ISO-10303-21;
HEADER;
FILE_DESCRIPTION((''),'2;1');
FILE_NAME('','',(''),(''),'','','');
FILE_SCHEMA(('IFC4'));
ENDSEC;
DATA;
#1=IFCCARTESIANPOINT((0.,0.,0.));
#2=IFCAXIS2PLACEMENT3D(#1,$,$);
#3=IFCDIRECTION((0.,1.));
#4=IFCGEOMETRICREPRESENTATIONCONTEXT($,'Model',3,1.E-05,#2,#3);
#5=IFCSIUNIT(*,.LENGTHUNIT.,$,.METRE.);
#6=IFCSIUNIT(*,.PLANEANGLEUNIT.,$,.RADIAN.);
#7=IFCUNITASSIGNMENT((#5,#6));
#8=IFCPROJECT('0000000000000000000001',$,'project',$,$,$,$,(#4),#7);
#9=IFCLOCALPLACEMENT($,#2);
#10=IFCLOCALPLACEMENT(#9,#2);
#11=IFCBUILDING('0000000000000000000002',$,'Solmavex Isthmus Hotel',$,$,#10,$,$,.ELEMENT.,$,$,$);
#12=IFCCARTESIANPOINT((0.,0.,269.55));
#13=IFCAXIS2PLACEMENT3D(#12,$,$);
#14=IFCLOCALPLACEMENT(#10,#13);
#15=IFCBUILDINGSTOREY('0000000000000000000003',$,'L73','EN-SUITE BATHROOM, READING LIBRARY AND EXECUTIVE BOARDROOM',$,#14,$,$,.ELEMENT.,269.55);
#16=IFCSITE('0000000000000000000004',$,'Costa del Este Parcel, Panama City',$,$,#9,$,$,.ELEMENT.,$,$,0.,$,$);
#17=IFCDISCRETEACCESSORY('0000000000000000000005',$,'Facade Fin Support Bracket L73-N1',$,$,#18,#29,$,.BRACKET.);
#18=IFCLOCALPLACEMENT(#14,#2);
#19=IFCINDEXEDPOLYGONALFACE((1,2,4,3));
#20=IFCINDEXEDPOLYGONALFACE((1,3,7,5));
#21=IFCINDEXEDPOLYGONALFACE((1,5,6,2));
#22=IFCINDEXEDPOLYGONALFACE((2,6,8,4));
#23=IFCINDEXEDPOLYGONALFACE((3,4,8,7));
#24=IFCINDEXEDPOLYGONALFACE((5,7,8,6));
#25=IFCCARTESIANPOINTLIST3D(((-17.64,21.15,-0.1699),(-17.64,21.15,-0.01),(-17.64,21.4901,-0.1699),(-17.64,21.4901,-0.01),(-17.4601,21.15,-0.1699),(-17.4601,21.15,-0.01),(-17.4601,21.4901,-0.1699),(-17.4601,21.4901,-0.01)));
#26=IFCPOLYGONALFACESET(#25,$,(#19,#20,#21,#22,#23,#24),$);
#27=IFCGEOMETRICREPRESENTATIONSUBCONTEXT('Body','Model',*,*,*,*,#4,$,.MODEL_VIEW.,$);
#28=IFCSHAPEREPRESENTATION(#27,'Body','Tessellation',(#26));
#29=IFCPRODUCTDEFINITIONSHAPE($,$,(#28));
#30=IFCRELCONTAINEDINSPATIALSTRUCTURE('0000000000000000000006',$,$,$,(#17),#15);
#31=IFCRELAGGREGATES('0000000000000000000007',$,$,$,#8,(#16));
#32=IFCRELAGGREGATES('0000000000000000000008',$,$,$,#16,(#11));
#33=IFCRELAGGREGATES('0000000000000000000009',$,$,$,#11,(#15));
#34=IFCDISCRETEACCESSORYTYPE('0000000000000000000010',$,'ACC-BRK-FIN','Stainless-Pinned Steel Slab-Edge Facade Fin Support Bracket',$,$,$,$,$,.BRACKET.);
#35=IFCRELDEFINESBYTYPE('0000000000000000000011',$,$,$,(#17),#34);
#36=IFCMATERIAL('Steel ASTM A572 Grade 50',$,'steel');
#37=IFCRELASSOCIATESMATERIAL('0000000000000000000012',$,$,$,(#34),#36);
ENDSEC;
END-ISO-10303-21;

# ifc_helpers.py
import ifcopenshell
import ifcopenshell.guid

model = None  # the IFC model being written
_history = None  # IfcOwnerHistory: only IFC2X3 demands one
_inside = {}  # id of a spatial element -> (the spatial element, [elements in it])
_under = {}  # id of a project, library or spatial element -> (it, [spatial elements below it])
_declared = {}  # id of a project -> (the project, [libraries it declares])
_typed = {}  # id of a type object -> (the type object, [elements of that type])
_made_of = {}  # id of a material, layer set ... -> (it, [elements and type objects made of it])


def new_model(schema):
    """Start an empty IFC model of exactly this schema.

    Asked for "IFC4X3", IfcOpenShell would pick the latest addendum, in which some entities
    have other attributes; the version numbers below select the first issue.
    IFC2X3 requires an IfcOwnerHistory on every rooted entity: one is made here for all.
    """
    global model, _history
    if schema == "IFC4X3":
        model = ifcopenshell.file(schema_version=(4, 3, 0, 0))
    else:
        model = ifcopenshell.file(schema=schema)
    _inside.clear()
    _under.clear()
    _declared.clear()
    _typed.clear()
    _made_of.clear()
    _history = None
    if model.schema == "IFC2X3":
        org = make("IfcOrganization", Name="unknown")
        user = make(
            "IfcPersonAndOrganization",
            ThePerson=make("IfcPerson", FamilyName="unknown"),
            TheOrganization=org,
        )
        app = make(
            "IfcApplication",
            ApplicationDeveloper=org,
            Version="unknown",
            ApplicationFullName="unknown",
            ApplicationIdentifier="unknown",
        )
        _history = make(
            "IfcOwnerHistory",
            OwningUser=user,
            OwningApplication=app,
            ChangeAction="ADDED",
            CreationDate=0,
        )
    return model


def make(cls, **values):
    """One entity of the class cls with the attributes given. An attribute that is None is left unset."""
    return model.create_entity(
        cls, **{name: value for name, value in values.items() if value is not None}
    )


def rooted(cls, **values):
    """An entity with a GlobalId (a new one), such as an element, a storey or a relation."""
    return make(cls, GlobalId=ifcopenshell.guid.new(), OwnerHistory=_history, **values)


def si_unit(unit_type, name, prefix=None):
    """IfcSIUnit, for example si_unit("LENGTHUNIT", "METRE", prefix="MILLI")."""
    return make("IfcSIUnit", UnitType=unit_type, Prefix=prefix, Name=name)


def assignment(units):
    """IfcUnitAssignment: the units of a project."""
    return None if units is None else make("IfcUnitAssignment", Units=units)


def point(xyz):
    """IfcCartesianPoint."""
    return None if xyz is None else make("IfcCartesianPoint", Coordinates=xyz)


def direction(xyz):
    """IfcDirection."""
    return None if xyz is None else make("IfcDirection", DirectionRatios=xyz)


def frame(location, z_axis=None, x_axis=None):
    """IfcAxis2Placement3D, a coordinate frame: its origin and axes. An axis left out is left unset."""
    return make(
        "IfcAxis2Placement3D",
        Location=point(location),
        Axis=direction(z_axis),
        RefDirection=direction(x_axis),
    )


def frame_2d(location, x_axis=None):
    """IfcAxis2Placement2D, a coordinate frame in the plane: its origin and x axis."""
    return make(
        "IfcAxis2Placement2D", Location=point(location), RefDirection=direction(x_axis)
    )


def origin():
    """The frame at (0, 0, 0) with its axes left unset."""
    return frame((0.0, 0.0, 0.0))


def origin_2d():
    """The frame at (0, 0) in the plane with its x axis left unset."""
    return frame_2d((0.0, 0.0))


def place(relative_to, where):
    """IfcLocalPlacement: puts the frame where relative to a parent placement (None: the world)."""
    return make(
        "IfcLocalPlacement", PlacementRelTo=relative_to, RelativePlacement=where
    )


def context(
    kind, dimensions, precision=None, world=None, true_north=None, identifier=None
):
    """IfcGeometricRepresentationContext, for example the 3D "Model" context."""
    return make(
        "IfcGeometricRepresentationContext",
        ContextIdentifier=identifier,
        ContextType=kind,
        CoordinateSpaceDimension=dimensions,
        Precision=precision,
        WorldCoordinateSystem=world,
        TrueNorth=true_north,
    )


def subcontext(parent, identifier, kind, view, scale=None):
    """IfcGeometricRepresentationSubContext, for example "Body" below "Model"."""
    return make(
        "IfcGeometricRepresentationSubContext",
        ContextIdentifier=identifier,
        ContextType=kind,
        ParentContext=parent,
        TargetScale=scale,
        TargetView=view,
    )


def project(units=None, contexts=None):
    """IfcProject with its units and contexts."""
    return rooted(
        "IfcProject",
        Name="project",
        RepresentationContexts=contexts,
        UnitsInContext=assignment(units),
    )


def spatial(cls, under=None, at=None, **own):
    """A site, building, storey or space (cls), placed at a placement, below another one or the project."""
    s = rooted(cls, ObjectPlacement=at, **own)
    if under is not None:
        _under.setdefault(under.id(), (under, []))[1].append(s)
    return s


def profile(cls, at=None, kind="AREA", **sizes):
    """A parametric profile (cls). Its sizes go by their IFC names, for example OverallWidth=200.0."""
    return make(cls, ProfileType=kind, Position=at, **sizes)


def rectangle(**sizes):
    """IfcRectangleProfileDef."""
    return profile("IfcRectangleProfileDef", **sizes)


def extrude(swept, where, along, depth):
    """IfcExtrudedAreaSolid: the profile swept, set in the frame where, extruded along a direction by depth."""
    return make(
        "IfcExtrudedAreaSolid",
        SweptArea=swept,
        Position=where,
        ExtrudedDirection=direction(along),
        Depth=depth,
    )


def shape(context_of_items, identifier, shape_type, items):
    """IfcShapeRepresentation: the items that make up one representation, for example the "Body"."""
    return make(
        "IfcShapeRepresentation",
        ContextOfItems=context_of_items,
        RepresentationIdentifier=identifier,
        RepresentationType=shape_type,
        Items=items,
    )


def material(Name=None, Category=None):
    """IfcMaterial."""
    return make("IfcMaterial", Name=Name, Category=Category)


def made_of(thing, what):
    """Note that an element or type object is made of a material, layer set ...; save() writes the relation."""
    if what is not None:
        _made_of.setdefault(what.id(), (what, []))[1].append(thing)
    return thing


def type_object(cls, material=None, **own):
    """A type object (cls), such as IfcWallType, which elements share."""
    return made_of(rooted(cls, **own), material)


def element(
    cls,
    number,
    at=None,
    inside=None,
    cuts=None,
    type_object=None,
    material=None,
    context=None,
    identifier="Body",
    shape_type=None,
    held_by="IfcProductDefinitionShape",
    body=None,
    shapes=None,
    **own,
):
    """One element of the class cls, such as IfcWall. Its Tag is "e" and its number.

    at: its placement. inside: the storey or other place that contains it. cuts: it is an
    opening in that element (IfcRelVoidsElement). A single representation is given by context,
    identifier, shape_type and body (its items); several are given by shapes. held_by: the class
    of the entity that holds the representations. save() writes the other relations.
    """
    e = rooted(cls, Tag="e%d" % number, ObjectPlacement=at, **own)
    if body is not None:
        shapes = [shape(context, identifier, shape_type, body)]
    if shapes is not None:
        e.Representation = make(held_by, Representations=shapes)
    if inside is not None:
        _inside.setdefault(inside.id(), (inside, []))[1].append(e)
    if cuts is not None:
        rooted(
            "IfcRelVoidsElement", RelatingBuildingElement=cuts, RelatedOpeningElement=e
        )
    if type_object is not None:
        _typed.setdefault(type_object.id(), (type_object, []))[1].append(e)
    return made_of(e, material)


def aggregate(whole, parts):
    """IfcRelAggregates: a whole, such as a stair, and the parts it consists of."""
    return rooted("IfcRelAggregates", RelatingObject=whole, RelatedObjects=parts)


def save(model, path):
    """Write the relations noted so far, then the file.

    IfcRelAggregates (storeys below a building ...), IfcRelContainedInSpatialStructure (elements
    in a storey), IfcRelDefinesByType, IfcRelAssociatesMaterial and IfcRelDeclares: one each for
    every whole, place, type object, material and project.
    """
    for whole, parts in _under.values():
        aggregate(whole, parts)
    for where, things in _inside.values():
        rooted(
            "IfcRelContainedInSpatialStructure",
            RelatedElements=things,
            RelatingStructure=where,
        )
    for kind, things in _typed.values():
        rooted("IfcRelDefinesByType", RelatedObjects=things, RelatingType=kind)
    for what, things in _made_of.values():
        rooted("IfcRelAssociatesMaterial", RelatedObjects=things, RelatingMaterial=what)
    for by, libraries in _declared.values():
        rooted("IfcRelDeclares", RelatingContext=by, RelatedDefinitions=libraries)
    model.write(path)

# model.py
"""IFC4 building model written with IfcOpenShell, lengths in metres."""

from ifc_helpers import new_model, si_unit, direction, frame, origin, origin_2d, place, context, subcontext, project, spatial, rectangle, extrude, material, type_object, element, save


model = new_model("IFC4")

# Units and contexts
model_context = context("Model", 3, precision=1e-05, world=origin(), true_north=direction((0.0, 1.0)))
body_context = subcontext(model_context, "Body", "Model", "MODEL_VIEW")
ifc_project = project(units=[si_unit("LENGTHUNIT", "METRE"), si_unit("PLANEANGLEUNIT", "RADIAN")], contexts=[model_context])

# Site, building, storey
site_placement = place(None, origin())
site = spatial("IfcSite", under=ifc_project, at=site_placement, Name="Costa del Este Parcel, Panama City", CompositionType="ELEMENT", RefElevation=0.0)
building_placement = place(site_placement, origin())
building = spatial("IfcBuilding", under=site, at=building_placement, Name="Solmavex Isthmus Hotel", CompositionType="ELEMENT")
storey_placement = place(building_placement, frame((0.0, 0.0, 269.55)))
storey = spatial("IfcBuildingStorey", under=building, at=storey_placement, Name="L73", Description="EN-SUITE BATHROOM, READING LIBRARY AND EXECUTIVE BOARDROOM", CompositionType="ELEMENT", Elevation=269.55)

# Discrete accessory
ifc_material_1 = material(Name="Steel ASTM A572 Grade 50", Category="steel")
discrete_accessory_type = type_object("IfcDiscreteAccessoryType", Name="ACC-BRK-FIN", Description="Stainless-Pinned Steel Slab-Edge Facade Fin Support Bracket", PredefinedType="BRACKET", material=ifc_material_1)
discrete_accessory_placement = place(storey_placement, frame((-17.55, 21.3201, -0.1699), z_axis=(0.0, 0.0, 1.0), x_axis=(0.0, 1.0, 0.0)))
element("IfcDiscreteAccessory", 1, at=discrete_accessory_placement, inside=storey, type_object=discrete_accessory_type, Name="Facade Fin Support Bracket L73-N1", PredefinedType="BRACKET", context=body_context, shape_type="SweptSolid", body=[
    extrude(rectangle(XDim=0.3401, YDim=0.1799, at=origin_2d()), origin(), (0.0, 0.0, 1.0), 0.1599),
])

save(model, "model.ifc")
